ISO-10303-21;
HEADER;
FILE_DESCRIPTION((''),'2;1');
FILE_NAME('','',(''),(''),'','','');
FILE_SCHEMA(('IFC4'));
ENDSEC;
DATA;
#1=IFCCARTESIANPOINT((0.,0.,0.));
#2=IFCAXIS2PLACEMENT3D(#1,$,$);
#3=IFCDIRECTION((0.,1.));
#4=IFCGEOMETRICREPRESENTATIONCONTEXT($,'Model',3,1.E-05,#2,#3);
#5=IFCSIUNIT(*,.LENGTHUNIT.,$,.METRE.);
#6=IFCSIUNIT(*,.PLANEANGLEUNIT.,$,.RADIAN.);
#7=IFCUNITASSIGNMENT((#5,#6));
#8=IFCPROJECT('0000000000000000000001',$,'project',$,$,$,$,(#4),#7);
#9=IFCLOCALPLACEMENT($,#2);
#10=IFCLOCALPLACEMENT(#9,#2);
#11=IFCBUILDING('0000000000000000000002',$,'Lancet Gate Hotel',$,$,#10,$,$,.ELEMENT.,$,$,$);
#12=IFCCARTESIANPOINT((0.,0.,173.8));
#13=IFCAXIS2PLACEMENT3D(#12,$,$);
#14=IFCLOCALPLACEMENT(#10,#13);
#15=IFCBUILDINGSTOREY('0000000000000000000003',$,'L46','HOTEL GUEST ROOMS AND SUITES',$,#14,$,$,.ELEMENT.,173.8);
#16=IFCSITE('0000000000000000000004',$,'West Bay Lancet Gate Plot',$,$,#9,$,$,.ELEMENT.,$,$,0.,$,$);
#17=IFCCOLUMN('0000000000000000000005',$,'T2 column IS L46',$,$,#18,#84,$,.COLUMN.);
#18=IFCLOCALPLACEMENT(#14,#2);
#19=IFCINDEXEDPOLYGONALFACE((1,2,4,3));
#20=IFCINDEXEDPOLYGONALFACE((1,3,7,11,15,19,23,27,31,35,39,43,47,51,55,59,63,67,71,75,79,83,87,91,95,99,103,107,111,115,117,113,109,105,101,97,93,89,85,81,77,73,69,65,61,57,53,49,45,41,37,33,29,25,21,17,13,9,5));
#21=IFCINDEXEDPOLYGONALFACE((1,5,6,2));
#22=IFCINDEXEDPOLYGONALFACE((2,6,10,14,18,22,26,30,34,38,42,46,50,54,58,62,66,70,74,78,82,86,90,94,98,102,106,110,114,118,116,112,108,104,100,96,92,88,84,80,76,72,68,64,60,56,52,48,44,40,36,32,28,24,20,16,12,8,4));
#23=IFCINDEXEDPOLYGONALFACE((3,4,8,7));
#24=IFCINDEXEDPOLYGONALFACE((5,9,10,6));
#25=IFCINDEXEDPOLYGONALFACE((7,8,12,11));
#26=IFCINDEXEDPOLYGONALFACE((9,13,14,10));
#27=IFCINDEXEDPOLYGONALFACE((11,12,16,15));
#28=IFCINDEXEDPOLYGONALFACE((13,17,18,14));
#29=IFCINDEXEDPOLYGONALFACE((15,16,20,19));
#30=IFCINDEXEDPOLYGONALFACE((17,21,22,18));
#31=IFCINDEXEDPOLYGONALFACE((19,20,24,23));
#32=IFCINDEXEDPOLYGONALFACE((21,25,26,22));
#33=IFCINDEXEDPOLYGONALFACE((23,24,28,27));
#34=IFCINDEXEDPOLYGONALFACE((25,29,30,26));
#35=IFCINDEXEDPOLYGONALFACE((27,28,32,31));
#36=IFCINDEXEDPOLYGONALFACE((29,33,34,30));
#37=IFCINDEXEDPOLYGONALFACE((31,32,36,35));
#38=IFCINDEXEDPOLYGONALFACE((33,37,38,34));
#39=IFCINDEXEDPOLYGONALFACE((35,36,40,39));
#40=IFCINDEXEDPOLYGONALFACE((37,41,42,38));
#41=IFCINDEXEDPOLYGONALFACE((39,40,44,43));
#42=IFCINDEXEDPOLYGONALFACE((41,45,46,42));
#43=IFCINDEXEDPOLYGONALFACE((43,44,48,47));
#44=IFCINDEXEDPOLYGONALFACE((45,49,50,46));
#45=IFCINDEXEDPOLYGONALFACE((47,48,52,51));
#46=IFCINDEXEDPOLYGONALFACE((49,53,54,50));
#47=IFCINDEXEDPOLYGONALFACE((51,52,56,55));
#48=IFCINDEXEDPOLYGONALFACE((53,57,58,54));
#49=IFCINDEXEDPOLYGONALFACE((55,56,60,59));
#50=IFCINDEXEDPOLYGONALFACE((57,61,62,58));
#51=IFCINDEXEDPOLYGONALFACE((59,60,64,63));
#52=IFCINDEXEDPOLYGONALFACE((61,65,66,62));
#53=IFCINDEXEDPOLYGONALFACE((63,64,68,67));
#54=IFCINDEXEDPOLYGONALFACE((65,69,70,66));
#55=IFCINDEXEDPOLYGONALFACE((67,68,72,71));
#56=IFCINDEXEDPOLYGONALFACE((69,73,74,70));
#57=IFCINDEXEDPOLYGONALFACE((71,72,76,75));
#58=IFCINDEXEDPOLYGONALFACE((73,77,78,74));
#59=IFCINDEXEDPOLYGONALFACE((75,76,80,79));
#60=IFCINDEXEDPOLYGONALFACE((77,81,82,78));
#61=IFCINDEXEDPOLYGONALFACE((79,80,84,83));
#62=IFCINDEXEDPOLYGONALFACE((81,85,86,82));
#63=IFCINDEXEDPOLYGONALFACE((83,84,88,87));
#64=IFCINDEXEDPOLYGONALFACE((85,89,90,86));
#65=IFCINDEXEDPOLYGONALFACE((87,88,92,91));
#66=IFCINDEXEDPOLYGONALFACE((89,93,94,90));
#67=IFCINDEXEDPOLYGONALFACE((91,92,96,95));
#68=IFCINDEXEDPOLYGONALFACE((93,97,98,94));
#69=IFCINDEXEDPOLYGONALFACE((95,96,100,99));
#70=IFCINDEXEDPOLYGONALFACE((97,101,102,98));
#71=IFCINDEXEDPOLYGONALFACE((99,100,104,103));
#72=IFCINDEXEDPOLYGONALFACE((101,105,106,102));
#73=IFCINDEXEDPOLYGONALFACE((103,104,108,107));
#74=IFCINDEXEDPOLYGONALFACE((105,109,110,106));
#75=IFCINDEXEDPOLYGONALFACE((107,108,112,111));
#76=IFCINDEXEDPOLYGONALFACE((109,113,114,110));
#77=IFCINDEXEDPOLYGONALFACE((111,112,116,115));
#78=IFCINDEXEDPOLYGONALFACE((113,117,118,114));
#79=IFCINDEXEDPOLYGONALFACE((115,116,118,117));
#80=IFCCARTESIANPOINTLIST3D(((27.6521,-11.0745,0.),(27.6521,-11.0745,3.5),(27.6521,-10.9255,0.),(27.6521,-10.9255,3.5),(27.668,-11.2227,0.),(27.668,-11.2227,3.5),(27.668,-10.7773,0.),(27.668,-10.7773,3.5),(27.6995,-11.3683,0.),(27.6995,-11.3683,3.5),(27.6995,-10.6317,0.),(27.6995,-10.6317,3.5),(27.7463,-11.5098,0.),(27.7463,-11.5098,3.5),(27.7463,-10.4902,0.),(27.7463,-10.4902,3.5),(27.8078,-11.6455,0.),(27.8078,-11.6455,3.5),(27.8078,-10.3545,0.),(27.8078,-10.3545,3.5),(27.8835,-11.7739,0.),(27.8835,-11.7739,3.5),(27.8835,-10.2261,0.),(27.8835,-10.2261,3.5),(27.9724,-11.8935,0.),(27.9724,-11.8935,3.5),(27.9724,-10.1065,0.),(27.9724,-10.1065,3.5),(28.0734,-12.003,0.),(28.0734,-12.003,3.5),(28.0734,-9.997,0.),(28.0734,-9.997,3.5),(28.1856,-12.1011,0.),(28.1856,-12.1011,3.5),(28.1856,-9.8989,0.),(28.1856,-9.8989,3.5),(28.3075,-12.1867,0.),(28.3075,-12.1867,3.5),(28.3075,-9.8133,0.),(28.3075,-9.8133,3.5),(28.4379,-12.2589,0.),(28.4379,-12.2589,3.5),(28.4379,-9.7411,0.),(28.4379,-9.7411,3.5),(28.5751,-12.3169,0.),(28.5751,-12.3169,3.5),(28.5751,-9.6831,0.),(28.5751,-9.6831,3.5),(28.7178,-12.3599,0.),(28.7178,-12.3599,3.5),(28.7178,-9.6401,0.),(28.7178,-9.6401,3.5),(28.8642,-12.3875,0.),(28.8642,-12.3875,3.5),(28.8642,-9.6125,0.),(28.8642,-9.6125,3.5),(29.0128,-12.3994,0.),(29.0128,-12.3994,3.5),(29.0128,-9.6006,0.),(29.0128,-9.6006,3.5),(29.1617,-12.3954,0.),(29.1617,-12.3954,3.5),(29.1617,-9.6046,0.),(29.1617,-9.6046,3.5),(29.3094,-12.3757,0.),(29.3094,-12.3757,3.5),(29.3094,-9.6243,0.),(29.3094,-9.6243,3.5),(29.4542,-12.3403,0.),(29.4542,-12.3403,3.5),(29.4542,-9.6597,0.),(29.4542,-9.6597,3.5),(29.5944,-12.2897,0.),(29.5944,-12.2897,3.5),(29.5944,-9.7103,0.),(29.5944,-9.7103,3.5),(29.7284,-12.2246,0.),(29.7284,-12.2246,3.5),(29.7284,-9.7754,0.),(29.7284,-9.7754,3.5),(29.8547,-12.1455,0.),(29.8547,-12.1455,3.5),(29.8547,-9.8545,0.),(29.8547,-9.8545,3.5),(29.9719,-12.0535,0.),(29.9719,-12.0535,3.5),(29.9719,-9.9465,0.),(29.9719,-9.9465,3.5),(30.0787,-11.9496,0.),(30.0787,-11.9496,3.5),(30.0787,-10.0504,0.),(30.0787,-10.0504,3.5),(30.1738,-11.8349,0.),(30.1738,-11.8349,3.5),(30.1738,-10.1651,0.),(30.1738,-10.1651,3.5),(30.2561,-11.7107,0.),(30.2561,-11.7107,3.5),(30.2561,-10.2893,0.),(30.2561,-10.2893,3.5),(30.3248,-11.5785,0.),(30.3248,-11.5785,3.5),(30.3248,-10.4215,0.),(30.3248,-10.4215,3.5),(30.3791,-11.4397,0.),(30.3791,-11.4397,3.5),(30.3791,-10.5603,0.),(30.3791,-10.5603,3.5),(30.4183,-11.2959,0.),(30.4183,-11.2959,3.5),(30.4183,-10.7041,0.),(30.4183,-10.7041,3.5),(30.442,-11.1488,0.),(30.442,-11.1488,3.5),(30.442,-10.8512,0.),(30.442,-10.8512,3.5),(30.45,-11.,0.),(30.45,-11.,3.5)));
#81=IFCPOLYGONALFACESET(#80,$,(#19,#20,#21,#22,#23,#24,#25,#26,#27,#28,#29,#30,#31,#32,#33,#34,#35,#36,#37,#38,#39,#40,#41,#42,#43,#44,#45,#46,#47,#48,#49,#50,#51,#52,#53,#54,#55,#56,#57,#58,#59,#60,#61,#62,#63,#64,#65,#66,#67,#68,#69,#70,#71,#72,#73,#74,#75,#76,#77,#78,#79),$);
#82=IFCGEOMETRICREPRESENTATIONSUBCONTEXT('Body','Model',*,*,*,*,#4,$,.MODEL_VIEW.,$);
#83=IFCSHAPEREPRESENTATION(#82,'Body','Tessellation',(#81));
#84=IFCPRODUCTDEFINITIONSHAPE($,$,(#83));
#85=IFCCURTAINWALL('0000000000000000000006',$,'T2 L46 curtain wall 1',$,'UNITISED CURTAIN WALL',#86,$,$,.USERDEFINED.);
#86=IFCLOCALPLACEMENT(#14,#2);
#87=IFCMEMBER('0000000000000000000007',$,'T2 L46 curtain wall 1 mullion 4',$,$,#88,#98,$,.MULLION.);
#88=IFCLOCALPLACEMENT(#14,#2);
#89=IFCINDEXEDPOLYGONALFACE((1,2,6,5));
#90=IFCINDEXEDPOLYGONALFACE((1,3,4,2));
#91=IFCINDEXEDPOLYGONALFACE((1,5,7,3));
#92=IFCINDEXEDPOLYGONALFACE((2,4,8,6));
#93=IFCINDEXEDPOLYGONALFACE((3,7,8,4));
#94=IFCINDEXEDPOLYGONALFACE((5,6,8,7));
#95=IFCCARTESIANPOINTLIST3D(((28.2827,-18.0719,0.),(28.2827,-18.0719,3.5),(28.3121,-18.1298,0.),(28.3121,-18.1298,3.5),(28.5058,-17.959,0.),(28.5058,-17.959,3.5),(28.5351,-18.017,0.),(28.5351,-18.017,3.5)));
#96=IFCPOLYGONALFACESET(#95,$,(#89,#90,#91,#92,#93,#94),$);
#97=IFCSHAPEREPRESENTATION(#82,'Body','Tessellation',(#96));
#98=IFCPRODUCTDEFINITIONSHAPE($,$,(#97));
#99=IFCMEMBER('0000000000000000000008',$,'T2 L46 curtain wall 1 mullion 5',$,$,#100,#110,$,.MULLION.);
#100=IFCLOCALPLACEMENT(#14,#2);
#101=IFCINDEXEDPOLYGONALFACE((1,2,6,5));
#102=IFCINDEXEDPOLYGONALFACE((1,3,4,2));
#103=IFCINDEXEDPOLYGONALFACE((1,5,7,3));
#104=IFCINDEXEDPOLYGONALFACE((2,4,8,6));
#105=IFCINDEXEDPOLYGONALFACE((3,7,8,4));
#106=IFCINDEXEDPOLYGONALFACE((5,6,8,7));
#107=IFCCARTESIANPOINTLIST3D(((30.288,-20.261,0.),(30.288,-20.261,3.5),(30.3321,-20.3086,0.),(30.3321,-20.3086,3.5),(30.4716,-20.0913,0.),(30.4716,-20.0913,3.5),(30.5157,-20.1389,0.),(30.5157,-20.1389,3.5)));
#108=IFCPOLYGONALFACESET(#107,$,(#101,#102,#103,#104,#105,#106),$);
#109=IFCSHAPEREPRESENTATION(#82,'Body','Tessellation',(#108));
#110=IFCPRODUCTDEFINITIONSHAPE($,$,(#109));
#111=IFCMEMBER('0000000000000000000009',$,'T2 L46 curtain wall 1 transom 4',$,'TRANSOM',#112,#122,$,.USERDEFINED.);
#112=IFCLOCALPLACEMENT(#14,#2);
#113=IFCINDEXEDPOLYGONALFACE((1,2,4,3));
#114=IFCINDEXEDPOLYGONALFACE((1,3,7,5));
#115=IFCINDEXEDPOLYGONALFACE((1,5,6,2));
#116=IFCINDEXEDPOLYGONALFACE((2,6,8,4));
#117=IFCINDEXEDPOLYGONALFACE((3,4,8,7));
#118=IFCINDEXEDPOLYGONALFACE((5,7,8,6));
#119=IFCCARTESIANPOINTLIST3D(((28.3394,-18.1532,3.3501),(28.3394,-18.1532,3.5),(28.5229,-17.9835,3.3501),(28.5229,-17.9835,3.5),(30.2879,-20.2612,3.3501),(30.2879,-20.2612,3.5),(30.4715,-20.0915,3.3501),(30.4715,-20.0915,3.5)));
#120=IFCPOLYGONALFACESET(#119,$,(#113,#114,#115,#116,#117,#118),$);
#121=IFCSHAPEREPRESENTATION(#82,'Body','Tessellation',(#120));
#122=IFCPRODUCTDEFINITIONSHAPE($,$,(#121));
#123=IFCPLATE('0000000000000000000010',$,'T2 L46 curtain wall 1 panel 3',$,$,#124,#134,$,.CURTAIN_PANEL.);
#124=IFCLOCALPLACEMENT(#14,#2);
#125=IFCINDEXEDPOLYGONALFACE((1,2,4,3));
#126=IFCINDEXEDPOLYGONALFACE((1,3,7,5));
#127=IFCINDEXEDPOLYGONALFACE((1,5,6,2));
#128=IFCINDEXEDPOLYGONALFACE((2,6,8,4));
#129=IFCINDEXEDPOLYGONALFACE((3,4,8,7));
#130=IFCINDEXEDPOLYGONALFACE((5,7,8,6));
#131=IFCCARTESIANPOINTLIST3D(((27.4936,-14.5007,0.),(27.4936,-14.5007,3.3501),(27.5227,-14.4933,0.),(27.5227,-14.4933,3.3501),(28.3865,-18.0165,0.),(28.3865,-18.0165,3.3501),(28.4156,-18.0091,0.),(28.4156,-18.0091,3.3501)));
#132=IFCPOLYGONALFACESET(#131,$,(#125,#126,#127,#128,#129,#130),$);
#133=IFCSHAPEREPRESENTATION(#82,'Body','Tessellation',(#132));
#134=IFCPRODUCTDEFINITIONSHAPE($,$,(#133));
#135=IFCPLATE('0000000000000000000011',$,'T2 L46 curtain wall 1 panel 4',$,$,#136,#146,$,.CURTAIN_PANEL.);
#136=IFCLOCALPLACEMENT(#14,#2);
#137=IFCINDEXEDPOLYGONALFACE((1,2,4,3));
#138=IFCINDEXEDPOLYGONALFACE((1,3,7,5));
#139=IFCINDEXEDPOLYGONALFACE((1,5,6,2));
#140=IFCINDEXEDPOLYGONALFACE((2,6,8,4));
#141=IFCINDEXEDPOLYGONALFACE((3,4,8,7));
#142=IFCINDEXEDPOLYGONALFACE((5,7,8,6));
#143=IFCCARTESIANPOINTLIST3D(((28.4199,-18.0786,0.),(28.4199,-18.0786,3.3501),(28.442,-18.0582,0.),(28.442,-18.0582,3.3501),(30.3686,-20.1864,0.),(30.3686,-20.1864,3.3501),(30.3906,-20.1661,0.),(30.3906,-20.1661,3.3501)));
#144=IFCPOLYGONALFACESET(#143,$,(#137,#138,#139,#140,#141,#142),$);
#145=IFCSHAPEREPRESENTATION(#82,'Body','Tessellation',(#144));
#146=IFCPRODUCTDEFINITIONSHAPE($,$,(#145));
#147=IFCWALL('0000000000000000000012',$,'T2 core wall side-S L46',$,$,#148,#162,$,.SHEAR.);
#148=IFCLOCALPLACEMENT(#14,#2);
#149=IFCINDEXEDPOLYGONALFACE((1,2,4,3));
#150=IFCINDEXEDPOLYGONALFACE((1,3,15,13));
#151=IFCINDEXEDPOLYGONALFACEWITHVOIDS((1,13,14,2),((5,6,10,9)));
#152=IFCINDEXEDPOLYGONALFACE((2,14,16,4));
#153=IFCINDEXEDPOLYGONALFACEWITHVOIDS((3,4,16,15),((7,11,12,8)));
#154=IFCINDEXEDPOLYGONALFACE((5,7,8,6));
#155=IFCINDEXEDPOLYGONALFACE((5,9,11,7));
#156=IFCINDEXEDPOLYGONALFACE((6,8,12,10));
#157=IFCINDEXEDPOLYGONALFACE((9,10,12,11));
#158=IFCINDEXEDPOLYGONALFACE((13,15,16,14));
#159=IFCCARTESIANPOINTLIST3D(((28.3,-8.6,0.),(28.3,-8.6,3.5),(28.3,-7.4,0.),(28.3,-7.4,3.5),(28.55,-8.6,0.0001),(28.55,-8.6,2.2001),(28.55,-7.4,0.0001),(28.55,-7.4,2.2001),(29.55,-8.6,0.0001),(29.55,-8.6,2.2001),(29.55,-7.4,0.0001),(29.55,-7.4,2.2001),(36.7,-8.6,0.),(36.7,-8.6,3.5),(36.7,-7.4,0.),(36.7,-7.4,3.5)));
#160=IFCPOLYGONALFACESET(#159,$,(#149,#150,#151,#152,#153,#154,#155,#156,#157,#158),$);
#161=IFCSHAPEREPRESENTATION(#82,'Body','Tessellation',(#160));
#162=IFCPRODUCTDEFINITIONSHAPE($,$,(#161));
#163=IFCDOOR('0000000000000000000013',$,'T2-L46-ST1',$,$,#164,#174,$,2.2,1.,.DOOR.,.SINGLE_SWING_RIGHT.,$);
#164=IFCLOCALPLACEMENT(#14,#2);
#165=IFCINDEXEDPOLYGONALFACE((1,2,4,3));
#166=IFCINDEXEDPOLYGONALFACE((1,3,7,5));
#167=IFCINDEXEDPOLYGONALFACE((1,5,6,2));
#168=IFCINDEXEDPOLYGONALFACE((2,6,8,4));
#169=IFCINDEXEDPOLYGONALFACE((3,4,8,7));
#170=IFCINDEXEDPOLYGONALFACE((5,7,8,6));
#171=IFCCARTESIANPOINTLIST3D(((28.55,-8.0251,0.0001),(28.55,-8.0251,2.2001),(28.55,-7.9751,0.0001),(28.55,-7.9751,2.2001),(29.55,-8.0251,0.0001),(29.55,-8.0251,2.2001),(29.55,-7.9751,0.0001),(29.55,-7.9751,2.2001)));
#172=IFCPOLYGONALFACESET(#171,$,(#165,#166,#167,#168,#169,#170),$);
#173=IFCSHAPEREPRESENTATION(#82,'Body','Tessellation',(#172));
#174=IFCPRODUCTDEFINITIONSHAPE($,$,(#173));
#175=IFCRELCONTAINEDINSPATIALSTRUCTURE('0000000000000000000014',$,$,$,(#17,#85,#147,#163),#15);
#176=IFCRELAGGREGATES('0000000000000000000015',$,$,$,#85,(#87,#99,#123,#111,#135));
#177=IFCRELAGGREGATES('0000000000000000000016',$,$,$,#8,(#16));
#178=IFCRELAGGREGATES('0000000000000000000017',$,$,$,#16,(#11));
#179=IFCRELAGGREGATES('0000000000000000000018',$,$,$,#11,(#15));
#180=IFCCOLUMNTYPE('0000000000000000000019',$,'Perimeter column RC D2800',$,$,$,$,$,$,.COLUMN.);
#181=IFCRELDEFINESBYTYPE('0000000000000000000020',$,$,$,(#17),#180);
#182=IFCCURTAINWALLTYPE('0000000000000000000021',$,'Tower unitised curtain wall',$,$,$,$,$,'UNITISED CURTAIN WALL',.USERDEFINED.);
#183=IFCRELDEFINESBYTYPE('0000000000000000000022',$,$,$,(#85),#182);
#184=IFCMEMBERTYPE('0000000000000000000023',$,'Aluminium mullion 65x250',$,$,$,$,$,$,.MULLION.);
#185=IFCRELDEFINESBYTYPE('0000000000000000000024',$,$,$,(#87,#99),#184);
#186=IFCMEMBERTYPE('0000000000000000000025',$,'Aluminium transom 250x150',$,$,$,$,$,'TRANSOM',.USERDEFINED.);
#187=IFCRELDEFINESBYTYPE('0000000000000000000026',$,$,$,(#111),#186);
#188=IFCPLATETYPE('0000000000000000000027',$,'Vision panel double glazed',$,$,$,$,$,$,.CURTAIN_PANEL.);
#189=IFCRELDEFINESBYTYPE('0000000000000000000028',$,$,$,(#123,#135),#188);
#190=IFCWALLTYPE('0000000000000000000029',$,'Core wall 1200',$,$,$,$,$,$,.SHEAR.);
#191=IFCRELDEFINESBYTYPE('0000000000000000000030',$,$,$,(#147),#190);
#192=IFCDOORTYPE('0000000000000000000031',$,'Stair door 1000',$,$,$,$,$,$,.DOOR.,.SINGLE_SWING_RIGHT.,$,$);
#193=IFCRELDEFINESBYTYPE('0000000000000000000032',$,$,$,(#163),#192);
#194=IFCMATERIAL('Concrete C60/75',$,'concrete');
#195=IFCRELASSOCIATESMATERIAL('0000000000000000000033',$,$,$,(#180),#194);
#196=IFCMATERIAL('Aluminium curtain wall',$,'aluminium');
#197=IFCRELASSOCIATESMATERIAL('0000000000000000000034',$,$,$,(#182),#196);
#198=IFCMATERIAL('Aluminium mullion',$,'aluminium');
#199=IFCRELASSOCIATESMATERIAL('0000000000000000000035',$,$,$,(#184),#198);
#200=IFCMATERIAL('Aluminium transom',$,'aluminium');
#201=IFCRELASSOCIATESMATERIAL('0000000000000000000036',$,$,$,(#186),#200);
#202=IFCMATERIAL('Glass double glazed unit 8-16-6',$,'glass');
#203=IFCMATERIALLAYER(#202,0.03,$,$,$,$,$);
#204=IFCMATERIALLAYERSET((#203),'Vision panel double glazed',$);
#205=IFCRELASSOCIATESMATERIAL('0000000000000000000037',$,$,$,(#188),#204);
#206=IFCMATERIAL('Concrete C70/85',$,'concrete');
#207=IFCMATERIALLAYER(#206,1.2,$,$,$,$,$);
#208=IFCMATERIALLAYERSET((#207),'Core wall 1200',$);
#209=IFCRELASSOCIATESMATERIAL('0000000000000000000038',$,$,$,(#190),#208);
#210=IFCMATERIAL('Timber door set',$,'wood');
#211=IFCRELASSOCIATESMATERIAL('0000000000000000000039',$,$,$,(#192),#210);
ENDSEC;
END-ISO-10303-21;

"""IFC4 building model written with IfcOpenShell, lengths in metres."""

from ifc_helpers import new_model, si_unit, direction, frame, frame_2d, origin, origin_2d, place, context, subcontext, project, spatial, rectangle, circle, extrude, material, layer, layer_set, material_profile, profile_set, type_object, element, fill, aggregate, save


model = new_model("IFC4")

# Units and contexts
model_context = context("Model", 3, precision=1e-05, world=origin(), true_north=direction((0.0, 1.0)))
body_context = subcontext(model_context, "Body", "Model", "MODEL_VIEW")
ifc_project = project(units=[si_unit("LENGTHUNIT", "METRE"), si_unit("PLANEANGLEUNIT", "RADIAN")], contexts=[model_context])

# Site, building, storey
site_placement = place(None, origin())
site = spatial("IfcSite", under=ifc_project, at=site_placement, Name="West Bay Lancet Gate Plot", CompositionType="ELEMENT", RefElevation=0.0)
building_placement = place(site_placement, origin())
building = spatial("IfcBuilding", under=site, at=building_placement, Name="Lancet Gate Hotel", CompositionType="ELEMENT")
storey_placement = place(building_placement, frame((0.0, 0.0, 173.8)))
storey = spatial("IfcBuildingStorey", under=building, at=storey_placement, Name="L46", Description="HOTEL GUEST ROOMS AND SUITES", CompositionType="ELEMENT", Elevation=173.8)

# Column
ifc_material_1 = material(Name="Concrete C60/75", Category="concrete")
ifc_material_profile_1 = material_profile(ifc_material_1, circle(Radius=1.3999, at=origin_2d()), Name="RC D2800")
ifc_profile_set_1 = profile_set([ifc_material_profile_1], Name="Concrete C60/75")
column_type = type_object("IfcColumnType", Name="Perimeter column RC D2800", PredefinedType="COLUMN", material=ifc_profile_set_1)
column_placement = place(storey_placement, frame((29.05, -11.0, 0.0), z_axis=(0.0, 0.0, 1.0), x_axis=(1.0, 0.0, 0.0)))
element("IfcColumn", 1, at=column_placement, inside=storey, type_object=column_type, Name="T2 column IS L46", PredefinedType="COLUMN", context=body_context, shape_type="SweptSolid", body=[
    extrude(circle(Radius=1.3999, at=origin_2d()), origin(), (0.0, 0.0, 1.0), 3.5),
])

# Curtain wall, members, plates
ifc_material_2 = material(Name="Aluminium curtain wall", Category="aluminium")
curtain_wall_type = type_object("IfcCurtainWallType", Name="Tower unitised curtain wall", ElementType="UNITISED CURTAIN WALL", PredefinedType="USERDEFINED", material=ifc_material_2)
curtain_wall_placement = place(storey_placement, origin())
curtain_wall = element("IfcCurtainWall", 2, at=curtain_wall_placement, inside=storey, type_object=curtain_wall_type, Name="T2 L46 curtain wall 1", ObjectType="UNITISED CURTAIN WALL", PredefinedType="USERDEFINED")
ifc_material_3 = material(Name="Aluminium mullion", Category="aluminium")
ifc_material_profile_2 = material_profile(ifc_material_3, rectangle(XDim=0.0649, YDim=0.25, at=origin_2d()), Name="MULLION 65x250")
ifc_profile_set_2 = profile_set([ifc_material_profile_2], Name="Aluminium mullion")
member_type_1 = type_object("IfcMemberType", Name="Aluminium mullion 65x250", PredefinedType="MULLION", material=ifc_profile_set_2)
member_1_placement = place(storey_placement, frame((28.4089, -18.0444, 0.0), z_axis=(0.0, 0.0, 1.0), x_axis=(0.451506, -0.892268, 0.0)))
member_1 = element("IfcMember", 3, at=member_1_placement, type_object=member_type_1, Name="T2 L46 curtain wall 1 mullion 4", PredefinedType="MULLION", context=body_context, shape_type="SweptSolid", body=[
    extrude(rectangle(XDim=0.0649, YDim=0.25, at=origin_2d()), origin(), (0.0, 0.0, 1.0), 3.5),
])
member_2_placement = place(storey_placement, frame((30.4019, -20.2, 0.0), z_axis=(0.0, 0.0, 1.0), x_axis=(0.678831, -0.734294, 0.0)))
member_2 = element("IfcMember", 4, at=member_2_placement, type_object=member_type_1, Name="T2 L46 curtain wall 1 mullion 5", PredefinedType="MULLION", context=body_context, shape_type="SweptSolid", body=[
    extrude(rectangle(XDim=0.0649, YDim=0.25, at=origin_2d()), origin(), (0.0, 0.0, 1.0), 3.5),
])
ifc_material_4 = material(Name="Aluminium transom", Category="aluminium")
ifc_material_profile_3 = material_profile(ifc_material_4, rectangle(XDim=0.25, YDim=0.1499, at=origin_2d()), Name="TRANSOM 250x150")
ifc_profile_set_3 = profile_set([ifc_material_profile_3], Name="Aluminium transom")
member_type_2 = type_object("IfcMemberType", Name="Aluminium transom 250x150", ElementType="TRANSOM", PredefinedType="USERDEFINED", material=ifc_profile_set_3)
member_3_placement = place(storey_placement, frame((28.4312, -18.0684, 3.425), z_axis=(0.678792, -0.73433, 0.0), x_axis=(0.73433, 0.678792, 0.0)))
member_3 = element("IfcMember", 5, at=member_3_placement, type_object=member_type_2, Name="T2 L46 curtain wall 1 transom 4", ObjectType="TRANSOM", PredefinedType="USERDEFINED", context=body_context, shape_type="SweptSolid", body=[
    extrude(rectangle(XDim=0.25, YDim=0.1499, at=origin_2d()), origin(), (0.0, 0.0, 1.0), 2.8706),
])
ifc_material_5 = material(Name="Glass double glazed unit 8-16-6", Category="glass")
ifc_layer_1 = layer(ifc_material_5, 0.03)
ifc_layer_set_1 = layer_set([ifc_layer_1], Name="Vision panel double glazed")
plate_type = type_object("IfcPlateType", Name="Vision panel double glazed", PredefinedType="CURTAIN_PANEL", material=ifc_layer_set_1)
plate_1_placement = place(storey_placement, frame((27.9546, -16.2549, 0.0), z_axis=(0.0, 0.0, 1.0), x_axis=(0.246167, -0.969228, 0.0)))
plate_1 = element("IfcPlate", 6, at=plate_1_placement, type_object=plate_type, Name="T2 L46 curtain wall 1 panel 3", PredefinedType="CURTAIN_PANEL", context=body_context, shape_type="SweptSolid", body=[
    extrude(rectangle(XDim=3.6274, YDim=0.03, at=origin_2d()), origin(), (0.0, 0.0, 1.0), 3.3501),
])
plate_2_placement = place(storey_placement, frame((29.4053, -19.1223, 0.0), z_axis=(0.0, 0.0, 1.0), x_axis=(0.678831, -0.734294, 0.0)))
plate_2 = element("IfcPlate", 7, at=plate_2_placement, type_object=plate_type, Name="T2 L46 curtain wall 1 panel 4", PredefinedType="CURTAIN_PANEL", context=body_context, shape_type="SweptSolid", body=[
    extrude(rectangle(XDim=2.8706, YDim=0.03, at=origin_2d()), origin(), (0.0, 0.0, 1.0), 3.3501),
])
aggregate(curtain_wall, [member_1, member_2, plate_1, member_3, plate_2])

# Wall, opening, door
ifc_material_6 = material(Name="Concrete C70/85", Category="concrete")
ifc_layer_2 = layer(ifc_material_6, 1.2)
ifc_layer_set_2 = layer_set([ifc_layer_2], Name="Core wall 1200")
wall_type_1 = type_object("IfcWallType", Name="Core wall 1200", PredefinedType="SHEAR", material=ifc_layer_set_2)
wall_1_placement = place(storey_placement, frame((28.3, -8.0, 0.0), z_axis=(0.0, 0.0, 1.0), x_axis=(1.0, 0.0, 0.0)))
wall_1 = element("IfcWall", 8, at=wall_1_placement, inside=storey, type_object=wall_type_1, Name="T2 core wall side-S L46", PredefinedType="SHEAR", context=body_context, shape_type="SweptSolid", body=[
    extrude(rectangle(XDim=8.3999, YDim=1.2, at=frame_2d((4.2, 0.0))), origin(), (0.0, 0.0, 1.0), 3.5),
])
opening_1_placement = place(wall_1_placement, frame((0.25, 0.0, 0.0)))
opening_1 = element("IfcOpeningElement", 9, at=opening_1_placement, cuts=wall_1, PredefinedType="OPENING", context=body_context, shape_type="SweptSolid", body=[
    extrude(rectangle(XDim=1.0, YDim=2.2, at=frame_2d((0.5, 1.1001))), frame((0.0, 0.6099, 0.0), z_axis=(0.0, -1.0, 0.0), x_axis=(1.0, 0.0, 0.0)), (0.0, 0.0, 1.0), 1.22),
])
ifc_material_7 = material(Name="Timber door set", Category="wood")
door_type_1 = type_object("IfcDoorType", Name="Stair door 1000", OperationType="SINGLE_SWING_RIGHT", PredefinedType="DOOR", material=ifc_material_7)
door_1_placement = place(opening_1_placement, origin())
door_1 = element("IfcDoor", 10, at=door_1_placement, inside=storey, type_object=door_type_1, Name="T2-L46-ST1", OperationType="SINGLE_SWING_RIGHT", OverallHeight=2.2, OverallWidth=1.0, PredefinedType="DOOR", context=body_context, shape_type="SweptSolid", body=[
    extrude(rectangle(XDim=1.0, YDim=2.2, at=frame_2d((0.5, 1.1001))), frame((0.0, 0.0249, 0.0), z_axis=(0.0, -1.0, 0.0), x_axis=(1.0, 0.0, 0.0)), (0.0, 0.0, 1.0), 0.05),
])
fill(opening_1, door_1)

save(model, "model.ifc")
